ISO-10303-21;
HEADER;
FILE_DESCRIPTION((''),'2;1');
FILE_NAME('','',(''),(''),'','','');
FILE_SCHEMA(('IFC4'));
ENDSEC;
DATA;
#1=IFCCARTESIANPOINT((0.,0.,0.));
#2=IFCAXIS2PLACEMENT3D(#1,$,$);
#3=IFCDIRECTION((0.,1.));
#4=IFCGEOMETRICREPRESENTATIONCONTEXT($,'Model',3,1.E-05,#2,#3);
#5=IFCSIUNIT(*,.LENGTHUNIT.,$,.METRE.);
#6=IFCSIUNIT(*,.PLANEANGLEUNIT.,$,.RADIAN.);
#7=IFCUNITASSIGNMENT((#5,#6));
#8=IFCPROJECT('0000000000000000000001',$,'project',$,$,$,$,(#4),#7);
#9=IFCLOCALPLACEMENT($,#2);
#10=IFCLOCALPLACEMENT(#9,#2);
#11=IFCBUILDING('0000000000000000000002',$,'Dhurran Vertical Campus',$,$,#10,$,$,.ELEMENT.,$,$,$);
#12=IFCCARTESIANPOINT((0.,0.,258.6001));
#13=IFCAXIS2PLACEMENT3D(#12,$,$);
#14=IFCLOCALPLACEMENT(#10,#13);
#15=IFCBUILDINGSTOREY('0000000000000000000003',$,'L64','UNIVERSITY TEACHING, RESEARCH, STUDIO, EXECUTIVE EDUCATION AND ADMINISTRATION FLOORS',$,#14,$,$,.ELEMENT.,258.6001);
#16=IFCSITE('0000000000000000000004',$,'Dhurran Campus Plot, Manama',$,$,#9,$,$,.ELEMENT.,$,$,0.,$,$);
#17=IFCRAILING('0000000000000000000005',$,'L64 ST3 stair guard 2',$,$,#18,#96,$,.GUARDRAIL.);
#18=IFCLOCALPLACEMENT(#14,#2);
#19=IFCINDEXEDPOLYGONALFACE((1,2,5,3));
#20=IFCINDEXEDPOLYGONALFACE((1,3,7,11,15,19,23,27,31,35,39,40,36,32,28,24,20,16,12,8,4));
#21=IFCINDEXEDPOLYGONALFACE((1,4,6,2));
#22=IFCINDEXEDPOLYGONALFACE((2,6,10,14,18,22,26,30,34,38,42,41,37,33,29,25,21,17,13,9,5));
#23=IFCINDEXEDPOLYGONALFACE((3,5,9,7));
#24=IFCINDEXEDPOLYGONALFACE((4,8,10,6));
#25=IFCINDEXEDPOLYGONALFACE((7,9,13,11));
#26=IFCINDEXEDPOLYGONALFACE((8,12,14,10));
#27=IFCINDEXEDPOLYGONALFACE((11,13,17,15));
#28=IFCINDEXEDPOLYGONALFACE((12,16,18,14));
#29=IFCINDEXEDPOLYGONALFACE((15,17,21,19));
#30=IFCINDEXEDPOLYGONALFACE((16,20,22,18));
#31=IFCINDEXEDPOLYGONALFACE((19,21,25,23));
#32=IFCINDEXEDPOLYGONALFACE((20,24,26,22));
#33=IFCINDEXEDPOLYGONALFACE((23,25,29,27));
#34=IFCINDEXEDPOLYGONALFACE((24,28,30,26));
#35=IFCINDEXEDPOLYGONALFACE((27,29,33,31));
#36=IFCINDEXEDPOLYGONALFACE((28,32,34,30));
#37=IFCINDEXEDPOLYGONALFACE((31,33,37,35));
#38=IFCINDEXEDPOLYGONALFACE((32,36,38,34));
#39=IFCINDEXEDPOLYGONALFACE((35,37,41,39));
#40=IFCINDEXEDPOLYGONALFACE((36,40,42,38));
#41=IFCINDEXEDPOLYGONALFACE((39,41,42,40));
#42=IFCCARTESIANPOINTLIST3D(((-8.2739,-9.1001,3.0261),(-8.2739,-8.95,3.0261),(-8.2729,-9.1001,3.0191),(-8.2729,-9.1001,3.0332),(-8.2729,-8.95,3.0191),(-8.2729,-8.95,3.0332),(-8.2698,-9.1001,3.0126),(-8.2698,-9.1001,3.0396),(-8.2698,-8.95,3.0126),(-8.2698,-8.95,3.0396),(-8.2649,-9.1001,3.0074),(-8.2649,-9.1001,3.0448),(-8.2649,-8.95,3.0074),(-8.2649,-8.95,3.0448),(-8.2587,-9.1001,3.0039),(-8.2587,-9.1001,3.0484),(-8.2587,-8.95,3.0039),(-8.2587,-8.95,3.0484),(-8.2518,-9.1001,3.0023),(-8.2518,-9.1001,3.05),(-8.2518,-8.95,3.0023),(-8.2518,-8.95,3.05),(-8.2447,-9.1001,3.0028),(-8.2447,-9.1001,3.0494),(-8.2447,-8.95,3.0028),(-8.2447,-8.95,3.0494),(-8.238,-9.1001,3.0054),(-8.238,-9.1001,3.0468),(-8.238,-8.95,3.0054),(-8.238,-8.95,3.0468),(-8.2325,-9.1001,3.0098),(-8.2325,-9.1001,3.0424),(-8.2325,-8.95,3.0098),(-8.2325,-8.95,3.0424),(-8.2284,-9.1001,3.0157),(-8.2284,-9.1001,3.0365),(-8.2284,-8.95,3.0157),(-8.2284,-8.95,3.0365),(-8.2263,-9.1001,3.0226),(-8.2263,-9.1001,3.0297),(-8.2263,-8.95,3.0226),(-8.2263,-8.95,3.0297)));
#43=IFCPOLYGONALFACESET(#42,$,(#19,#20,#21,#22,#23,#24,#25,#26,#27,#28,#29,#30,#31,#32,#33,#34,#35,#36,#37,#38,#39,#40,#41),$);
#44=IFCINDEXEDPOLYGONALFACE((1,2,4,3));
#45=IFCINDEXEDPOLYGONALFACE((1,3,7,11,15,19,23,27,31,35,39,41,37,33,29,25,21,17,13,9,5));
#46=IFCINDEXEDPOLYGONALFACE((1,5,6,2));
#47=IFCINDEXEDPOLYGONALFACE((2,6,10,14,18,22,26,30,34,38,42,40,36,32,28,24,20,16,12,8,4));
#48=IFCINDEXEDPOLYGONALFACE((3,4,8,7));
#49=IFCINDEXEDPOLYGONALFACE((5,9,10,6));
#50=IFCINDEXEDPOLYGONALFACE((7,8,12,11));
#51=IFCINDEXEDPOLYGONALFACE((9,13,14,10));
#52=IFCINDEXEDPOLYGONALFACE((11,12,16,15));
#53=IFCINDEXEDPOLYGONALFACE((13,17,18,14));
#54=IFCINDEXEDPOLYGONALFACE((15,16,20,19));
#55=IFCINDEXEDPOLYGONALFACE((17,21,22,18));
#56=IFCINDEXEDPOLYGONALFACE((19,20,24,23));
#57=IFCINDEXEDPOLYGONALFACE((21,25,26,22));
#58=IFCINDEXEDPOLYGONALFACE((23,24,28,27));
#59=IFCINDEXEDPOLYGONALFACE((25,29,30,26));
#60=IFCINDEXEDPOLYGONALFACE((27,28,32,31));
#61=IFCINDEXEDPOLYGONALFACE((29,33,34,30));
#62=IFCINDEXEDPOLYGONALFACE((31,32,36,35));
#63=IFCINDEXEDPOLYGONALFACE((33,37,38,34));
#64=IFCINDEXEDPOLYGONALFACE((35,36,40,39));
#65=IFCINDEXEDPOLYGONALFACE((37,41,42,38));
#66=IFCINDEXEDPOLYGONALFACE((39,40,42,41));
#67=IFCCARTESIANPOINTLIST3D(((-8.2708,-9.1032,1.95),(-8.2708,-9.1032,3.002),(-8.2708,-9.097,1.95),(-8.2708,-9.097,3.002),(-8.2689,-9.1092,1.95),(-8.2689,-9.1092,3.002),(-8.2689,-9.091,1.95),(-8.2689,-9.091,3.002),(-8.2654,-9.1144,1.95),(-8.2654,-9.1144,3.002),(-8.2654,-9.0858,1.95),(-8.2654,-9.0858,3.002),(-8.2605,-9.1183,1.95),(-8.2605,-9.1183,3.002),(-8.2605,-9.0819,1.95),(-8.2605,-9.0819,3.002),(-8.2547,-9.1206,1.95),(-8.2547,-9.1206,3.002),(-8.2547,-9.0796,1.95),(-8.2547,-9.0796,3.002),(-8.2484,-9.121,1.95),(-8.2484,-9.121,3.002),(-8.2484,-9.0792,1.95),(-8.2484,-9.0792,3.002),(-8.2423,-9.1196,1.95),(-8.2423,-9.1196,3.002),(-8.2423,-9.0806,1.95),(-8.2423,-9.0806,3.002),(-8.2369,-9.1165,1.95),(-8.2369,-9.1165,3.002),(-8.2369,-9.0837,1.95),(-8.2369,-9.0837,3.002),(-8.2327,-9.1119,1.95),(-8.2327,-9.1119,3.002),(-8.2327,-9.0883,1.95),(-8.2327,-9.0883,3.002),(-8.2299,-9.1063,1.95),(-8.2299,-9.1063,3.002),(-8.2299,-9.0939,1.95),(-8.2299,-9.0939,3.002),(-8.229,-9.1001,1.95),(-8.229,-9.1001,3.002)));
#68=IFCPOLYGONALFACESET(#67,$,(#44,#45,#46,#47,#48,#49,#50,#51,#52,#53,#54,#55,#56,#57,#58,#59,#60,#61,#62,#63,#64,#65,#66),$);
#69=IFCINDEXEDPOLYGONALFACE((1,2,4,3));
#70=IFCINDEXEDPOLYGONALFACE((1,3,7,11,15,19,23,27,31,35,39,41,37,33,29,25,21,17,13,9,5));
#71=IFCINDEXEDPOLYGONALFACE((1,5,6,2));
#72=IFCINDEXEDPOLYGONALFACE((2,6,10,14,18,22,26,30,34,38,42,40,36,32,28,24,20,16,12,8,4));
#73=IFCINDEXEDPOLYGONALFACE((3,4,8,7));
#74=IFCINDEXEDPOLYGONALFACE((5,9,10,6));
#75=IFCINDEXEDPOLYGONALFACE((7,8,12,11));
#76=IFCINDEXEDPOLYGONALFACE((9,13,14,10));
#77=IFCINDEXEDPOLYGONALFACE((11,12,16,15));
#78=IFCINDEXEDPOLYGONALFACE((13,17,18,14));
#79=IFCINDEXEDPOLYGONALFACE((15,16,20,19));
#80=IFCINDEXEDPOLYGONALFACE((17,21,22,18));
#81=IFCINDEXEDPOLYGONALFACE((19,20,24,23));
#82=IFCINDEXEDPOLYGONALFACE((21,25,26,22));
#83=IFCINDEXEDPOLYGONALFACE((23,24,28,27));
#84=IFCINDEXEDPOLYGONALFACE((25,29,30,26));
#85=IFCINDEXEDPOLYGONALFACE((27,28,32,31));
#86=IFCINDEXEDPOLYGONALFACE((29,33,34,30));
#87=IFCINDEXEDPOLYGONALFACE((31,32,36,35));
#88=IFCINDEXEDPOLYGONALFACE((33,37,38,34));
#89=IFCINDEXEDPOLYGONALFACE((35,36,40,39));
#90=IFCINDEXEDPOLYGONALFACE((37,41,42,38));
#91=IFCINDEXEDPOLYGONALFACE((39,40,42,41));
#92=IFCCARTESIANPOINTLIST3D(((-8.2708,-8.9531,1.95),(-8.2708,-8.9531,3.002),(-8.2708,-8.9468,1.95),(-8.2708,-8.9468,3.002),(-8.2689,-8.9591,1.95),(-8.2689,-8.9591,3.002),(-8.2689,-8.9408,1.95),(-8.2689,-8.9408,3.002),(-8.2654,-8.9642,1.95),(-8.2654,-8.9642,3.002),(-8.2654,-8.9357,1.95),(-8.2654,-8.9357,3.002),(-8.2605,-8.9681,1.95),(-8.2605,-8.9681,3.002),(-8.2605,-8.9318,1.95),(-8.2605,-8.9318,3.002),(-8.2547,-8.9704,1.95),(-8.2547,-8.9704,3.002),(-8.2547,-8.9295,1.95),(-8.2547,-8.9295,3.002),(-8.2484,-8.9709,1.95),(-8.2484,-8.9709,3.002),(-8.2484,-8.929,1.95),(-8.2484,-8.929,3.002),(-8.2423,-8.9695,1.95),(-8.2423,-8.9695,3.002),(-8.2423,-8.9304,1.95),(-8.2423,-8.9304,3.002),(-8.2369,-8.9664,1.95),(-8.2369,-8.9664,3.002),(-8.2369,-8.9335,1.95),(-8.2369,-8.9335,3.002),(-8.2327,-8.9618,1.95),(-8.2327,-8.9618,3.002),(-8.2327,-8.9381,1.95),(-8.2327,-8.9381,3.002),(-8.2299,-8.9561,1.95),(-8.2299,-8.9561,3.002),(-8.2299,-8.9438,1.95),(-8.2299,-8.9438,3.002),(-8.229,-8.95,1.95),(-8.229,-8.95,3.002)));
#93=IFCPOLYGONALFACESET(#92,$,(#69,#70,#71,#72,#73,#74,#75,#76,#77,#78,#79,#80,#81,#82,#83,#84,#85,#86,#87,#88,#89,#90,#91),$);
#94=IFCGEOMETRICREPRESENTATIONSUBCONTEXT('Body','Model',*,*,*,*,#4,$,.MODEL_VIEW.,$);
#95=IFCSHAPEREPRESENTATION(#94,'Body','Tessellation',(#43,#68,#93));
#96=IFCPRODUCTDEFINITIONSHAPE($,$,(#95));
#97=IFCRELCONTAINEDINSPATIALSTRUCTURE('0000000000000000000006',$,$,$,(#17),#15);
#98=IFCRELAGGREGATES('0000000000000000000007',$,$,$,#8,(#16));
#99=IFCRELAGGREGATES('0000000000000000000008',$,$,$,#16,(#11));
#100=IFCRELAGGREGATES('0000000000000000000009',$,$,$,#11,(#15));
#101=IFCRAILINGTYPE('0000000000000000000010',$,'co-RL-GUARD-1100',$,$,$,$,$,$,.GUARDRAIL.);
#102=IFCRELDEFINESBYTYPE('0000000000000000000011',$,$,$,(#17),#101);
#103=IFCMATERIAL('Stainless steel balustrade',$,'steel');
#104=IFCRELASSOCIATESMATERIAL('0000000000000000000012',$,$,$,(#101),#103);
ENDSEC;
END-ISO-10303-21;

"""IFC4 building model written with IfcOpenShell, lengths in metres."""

from ifc_helpers import new_model, si_unit, direction, frame, origin, origin_2d, place, context, subcontext, project, spatial, circle, extrude, material, type_object, element, save


model = new_model("IFC4")

# Units and contexts
model_context = context("Model", 3, precision=1e-05, world=origin(), true_north=direction((0.0, 1.0)))
body_context = subcontext(model_context, "Body", "Model", "MODEL_VIEW")
ifc_project = project(units=[si_unit("LENGTHUNIT", "METRE"), si_unit("PLANEANGLEUNIT", "RADIAN")], contexts=[model_context])

# Site, building, storey
site_placement = place(None, origin())
site = spatial("IfcSite", under=ifc_project, at=site_placement, Name="Dhurran Campus Plot, Manama", CompositionType="ELEMENT", RefElevation=0.0)
building_placement = place(site_placement, origin())
building = spatial("IfcBuilding", under=site, at=building_placement, Name="Dhurran Vertical Campus", CompositionType="ELEMENT")
storey_placement = place(building_placement, frame((0.0, 0.0, 258.6001)))
storey = spatial("IfcBuildingStorey", under=building, at=storey_placement, Name="L64", Description="UNIVERSITY TEACHING, RESEARCH, STUDIO, EXECUTIVE EDUCATION AND ADMINISTRATION FLOORS", CompositionType="ELEMENT", Elevation=258.6001)

# Railing
ifc_material_1 = material(Name="Stainless steel balustrade", Category="steel")
railing_type_1 = type_object("IfcRailingType", Name="co-RL-GUARD-1100", PredefinedType="GUARDRAIL", material=ifc_material_1)
railing_1_placement = place(storey_placement, frame((-8.25, -9.1001, 1.95)))
element("IfcRailing", 1, at=railing_1_placement, inside=storey, type_object=railing_type_1, Name="L64 ST3 stair guard 2", PredefinedType="GUARDRAIL", context=body_context, shape_type="SweptSolid", body=[
    extrude(circle(Radius=0.0239, at=origin_2d()), frame((0.0, 0.0, 1.0762), z_axis=(0.0, 1.0, 0.0), x_axis=(-1.0, 0.0, 0.0)), (0.0, 0.0, 1.0), 0.1501),
    extrude(circle(Radius=0.021, at=origin_2d()), origin(), (0.0, 0.0, 1.0), 1.052),
    extrude(circle(Radius=0.021, at=origin_2d()), frame((0.0, 0.1501, 0.0)), (0.0, 0.0, 1.0), 1.052),
])

save(model, "model.ifc")
